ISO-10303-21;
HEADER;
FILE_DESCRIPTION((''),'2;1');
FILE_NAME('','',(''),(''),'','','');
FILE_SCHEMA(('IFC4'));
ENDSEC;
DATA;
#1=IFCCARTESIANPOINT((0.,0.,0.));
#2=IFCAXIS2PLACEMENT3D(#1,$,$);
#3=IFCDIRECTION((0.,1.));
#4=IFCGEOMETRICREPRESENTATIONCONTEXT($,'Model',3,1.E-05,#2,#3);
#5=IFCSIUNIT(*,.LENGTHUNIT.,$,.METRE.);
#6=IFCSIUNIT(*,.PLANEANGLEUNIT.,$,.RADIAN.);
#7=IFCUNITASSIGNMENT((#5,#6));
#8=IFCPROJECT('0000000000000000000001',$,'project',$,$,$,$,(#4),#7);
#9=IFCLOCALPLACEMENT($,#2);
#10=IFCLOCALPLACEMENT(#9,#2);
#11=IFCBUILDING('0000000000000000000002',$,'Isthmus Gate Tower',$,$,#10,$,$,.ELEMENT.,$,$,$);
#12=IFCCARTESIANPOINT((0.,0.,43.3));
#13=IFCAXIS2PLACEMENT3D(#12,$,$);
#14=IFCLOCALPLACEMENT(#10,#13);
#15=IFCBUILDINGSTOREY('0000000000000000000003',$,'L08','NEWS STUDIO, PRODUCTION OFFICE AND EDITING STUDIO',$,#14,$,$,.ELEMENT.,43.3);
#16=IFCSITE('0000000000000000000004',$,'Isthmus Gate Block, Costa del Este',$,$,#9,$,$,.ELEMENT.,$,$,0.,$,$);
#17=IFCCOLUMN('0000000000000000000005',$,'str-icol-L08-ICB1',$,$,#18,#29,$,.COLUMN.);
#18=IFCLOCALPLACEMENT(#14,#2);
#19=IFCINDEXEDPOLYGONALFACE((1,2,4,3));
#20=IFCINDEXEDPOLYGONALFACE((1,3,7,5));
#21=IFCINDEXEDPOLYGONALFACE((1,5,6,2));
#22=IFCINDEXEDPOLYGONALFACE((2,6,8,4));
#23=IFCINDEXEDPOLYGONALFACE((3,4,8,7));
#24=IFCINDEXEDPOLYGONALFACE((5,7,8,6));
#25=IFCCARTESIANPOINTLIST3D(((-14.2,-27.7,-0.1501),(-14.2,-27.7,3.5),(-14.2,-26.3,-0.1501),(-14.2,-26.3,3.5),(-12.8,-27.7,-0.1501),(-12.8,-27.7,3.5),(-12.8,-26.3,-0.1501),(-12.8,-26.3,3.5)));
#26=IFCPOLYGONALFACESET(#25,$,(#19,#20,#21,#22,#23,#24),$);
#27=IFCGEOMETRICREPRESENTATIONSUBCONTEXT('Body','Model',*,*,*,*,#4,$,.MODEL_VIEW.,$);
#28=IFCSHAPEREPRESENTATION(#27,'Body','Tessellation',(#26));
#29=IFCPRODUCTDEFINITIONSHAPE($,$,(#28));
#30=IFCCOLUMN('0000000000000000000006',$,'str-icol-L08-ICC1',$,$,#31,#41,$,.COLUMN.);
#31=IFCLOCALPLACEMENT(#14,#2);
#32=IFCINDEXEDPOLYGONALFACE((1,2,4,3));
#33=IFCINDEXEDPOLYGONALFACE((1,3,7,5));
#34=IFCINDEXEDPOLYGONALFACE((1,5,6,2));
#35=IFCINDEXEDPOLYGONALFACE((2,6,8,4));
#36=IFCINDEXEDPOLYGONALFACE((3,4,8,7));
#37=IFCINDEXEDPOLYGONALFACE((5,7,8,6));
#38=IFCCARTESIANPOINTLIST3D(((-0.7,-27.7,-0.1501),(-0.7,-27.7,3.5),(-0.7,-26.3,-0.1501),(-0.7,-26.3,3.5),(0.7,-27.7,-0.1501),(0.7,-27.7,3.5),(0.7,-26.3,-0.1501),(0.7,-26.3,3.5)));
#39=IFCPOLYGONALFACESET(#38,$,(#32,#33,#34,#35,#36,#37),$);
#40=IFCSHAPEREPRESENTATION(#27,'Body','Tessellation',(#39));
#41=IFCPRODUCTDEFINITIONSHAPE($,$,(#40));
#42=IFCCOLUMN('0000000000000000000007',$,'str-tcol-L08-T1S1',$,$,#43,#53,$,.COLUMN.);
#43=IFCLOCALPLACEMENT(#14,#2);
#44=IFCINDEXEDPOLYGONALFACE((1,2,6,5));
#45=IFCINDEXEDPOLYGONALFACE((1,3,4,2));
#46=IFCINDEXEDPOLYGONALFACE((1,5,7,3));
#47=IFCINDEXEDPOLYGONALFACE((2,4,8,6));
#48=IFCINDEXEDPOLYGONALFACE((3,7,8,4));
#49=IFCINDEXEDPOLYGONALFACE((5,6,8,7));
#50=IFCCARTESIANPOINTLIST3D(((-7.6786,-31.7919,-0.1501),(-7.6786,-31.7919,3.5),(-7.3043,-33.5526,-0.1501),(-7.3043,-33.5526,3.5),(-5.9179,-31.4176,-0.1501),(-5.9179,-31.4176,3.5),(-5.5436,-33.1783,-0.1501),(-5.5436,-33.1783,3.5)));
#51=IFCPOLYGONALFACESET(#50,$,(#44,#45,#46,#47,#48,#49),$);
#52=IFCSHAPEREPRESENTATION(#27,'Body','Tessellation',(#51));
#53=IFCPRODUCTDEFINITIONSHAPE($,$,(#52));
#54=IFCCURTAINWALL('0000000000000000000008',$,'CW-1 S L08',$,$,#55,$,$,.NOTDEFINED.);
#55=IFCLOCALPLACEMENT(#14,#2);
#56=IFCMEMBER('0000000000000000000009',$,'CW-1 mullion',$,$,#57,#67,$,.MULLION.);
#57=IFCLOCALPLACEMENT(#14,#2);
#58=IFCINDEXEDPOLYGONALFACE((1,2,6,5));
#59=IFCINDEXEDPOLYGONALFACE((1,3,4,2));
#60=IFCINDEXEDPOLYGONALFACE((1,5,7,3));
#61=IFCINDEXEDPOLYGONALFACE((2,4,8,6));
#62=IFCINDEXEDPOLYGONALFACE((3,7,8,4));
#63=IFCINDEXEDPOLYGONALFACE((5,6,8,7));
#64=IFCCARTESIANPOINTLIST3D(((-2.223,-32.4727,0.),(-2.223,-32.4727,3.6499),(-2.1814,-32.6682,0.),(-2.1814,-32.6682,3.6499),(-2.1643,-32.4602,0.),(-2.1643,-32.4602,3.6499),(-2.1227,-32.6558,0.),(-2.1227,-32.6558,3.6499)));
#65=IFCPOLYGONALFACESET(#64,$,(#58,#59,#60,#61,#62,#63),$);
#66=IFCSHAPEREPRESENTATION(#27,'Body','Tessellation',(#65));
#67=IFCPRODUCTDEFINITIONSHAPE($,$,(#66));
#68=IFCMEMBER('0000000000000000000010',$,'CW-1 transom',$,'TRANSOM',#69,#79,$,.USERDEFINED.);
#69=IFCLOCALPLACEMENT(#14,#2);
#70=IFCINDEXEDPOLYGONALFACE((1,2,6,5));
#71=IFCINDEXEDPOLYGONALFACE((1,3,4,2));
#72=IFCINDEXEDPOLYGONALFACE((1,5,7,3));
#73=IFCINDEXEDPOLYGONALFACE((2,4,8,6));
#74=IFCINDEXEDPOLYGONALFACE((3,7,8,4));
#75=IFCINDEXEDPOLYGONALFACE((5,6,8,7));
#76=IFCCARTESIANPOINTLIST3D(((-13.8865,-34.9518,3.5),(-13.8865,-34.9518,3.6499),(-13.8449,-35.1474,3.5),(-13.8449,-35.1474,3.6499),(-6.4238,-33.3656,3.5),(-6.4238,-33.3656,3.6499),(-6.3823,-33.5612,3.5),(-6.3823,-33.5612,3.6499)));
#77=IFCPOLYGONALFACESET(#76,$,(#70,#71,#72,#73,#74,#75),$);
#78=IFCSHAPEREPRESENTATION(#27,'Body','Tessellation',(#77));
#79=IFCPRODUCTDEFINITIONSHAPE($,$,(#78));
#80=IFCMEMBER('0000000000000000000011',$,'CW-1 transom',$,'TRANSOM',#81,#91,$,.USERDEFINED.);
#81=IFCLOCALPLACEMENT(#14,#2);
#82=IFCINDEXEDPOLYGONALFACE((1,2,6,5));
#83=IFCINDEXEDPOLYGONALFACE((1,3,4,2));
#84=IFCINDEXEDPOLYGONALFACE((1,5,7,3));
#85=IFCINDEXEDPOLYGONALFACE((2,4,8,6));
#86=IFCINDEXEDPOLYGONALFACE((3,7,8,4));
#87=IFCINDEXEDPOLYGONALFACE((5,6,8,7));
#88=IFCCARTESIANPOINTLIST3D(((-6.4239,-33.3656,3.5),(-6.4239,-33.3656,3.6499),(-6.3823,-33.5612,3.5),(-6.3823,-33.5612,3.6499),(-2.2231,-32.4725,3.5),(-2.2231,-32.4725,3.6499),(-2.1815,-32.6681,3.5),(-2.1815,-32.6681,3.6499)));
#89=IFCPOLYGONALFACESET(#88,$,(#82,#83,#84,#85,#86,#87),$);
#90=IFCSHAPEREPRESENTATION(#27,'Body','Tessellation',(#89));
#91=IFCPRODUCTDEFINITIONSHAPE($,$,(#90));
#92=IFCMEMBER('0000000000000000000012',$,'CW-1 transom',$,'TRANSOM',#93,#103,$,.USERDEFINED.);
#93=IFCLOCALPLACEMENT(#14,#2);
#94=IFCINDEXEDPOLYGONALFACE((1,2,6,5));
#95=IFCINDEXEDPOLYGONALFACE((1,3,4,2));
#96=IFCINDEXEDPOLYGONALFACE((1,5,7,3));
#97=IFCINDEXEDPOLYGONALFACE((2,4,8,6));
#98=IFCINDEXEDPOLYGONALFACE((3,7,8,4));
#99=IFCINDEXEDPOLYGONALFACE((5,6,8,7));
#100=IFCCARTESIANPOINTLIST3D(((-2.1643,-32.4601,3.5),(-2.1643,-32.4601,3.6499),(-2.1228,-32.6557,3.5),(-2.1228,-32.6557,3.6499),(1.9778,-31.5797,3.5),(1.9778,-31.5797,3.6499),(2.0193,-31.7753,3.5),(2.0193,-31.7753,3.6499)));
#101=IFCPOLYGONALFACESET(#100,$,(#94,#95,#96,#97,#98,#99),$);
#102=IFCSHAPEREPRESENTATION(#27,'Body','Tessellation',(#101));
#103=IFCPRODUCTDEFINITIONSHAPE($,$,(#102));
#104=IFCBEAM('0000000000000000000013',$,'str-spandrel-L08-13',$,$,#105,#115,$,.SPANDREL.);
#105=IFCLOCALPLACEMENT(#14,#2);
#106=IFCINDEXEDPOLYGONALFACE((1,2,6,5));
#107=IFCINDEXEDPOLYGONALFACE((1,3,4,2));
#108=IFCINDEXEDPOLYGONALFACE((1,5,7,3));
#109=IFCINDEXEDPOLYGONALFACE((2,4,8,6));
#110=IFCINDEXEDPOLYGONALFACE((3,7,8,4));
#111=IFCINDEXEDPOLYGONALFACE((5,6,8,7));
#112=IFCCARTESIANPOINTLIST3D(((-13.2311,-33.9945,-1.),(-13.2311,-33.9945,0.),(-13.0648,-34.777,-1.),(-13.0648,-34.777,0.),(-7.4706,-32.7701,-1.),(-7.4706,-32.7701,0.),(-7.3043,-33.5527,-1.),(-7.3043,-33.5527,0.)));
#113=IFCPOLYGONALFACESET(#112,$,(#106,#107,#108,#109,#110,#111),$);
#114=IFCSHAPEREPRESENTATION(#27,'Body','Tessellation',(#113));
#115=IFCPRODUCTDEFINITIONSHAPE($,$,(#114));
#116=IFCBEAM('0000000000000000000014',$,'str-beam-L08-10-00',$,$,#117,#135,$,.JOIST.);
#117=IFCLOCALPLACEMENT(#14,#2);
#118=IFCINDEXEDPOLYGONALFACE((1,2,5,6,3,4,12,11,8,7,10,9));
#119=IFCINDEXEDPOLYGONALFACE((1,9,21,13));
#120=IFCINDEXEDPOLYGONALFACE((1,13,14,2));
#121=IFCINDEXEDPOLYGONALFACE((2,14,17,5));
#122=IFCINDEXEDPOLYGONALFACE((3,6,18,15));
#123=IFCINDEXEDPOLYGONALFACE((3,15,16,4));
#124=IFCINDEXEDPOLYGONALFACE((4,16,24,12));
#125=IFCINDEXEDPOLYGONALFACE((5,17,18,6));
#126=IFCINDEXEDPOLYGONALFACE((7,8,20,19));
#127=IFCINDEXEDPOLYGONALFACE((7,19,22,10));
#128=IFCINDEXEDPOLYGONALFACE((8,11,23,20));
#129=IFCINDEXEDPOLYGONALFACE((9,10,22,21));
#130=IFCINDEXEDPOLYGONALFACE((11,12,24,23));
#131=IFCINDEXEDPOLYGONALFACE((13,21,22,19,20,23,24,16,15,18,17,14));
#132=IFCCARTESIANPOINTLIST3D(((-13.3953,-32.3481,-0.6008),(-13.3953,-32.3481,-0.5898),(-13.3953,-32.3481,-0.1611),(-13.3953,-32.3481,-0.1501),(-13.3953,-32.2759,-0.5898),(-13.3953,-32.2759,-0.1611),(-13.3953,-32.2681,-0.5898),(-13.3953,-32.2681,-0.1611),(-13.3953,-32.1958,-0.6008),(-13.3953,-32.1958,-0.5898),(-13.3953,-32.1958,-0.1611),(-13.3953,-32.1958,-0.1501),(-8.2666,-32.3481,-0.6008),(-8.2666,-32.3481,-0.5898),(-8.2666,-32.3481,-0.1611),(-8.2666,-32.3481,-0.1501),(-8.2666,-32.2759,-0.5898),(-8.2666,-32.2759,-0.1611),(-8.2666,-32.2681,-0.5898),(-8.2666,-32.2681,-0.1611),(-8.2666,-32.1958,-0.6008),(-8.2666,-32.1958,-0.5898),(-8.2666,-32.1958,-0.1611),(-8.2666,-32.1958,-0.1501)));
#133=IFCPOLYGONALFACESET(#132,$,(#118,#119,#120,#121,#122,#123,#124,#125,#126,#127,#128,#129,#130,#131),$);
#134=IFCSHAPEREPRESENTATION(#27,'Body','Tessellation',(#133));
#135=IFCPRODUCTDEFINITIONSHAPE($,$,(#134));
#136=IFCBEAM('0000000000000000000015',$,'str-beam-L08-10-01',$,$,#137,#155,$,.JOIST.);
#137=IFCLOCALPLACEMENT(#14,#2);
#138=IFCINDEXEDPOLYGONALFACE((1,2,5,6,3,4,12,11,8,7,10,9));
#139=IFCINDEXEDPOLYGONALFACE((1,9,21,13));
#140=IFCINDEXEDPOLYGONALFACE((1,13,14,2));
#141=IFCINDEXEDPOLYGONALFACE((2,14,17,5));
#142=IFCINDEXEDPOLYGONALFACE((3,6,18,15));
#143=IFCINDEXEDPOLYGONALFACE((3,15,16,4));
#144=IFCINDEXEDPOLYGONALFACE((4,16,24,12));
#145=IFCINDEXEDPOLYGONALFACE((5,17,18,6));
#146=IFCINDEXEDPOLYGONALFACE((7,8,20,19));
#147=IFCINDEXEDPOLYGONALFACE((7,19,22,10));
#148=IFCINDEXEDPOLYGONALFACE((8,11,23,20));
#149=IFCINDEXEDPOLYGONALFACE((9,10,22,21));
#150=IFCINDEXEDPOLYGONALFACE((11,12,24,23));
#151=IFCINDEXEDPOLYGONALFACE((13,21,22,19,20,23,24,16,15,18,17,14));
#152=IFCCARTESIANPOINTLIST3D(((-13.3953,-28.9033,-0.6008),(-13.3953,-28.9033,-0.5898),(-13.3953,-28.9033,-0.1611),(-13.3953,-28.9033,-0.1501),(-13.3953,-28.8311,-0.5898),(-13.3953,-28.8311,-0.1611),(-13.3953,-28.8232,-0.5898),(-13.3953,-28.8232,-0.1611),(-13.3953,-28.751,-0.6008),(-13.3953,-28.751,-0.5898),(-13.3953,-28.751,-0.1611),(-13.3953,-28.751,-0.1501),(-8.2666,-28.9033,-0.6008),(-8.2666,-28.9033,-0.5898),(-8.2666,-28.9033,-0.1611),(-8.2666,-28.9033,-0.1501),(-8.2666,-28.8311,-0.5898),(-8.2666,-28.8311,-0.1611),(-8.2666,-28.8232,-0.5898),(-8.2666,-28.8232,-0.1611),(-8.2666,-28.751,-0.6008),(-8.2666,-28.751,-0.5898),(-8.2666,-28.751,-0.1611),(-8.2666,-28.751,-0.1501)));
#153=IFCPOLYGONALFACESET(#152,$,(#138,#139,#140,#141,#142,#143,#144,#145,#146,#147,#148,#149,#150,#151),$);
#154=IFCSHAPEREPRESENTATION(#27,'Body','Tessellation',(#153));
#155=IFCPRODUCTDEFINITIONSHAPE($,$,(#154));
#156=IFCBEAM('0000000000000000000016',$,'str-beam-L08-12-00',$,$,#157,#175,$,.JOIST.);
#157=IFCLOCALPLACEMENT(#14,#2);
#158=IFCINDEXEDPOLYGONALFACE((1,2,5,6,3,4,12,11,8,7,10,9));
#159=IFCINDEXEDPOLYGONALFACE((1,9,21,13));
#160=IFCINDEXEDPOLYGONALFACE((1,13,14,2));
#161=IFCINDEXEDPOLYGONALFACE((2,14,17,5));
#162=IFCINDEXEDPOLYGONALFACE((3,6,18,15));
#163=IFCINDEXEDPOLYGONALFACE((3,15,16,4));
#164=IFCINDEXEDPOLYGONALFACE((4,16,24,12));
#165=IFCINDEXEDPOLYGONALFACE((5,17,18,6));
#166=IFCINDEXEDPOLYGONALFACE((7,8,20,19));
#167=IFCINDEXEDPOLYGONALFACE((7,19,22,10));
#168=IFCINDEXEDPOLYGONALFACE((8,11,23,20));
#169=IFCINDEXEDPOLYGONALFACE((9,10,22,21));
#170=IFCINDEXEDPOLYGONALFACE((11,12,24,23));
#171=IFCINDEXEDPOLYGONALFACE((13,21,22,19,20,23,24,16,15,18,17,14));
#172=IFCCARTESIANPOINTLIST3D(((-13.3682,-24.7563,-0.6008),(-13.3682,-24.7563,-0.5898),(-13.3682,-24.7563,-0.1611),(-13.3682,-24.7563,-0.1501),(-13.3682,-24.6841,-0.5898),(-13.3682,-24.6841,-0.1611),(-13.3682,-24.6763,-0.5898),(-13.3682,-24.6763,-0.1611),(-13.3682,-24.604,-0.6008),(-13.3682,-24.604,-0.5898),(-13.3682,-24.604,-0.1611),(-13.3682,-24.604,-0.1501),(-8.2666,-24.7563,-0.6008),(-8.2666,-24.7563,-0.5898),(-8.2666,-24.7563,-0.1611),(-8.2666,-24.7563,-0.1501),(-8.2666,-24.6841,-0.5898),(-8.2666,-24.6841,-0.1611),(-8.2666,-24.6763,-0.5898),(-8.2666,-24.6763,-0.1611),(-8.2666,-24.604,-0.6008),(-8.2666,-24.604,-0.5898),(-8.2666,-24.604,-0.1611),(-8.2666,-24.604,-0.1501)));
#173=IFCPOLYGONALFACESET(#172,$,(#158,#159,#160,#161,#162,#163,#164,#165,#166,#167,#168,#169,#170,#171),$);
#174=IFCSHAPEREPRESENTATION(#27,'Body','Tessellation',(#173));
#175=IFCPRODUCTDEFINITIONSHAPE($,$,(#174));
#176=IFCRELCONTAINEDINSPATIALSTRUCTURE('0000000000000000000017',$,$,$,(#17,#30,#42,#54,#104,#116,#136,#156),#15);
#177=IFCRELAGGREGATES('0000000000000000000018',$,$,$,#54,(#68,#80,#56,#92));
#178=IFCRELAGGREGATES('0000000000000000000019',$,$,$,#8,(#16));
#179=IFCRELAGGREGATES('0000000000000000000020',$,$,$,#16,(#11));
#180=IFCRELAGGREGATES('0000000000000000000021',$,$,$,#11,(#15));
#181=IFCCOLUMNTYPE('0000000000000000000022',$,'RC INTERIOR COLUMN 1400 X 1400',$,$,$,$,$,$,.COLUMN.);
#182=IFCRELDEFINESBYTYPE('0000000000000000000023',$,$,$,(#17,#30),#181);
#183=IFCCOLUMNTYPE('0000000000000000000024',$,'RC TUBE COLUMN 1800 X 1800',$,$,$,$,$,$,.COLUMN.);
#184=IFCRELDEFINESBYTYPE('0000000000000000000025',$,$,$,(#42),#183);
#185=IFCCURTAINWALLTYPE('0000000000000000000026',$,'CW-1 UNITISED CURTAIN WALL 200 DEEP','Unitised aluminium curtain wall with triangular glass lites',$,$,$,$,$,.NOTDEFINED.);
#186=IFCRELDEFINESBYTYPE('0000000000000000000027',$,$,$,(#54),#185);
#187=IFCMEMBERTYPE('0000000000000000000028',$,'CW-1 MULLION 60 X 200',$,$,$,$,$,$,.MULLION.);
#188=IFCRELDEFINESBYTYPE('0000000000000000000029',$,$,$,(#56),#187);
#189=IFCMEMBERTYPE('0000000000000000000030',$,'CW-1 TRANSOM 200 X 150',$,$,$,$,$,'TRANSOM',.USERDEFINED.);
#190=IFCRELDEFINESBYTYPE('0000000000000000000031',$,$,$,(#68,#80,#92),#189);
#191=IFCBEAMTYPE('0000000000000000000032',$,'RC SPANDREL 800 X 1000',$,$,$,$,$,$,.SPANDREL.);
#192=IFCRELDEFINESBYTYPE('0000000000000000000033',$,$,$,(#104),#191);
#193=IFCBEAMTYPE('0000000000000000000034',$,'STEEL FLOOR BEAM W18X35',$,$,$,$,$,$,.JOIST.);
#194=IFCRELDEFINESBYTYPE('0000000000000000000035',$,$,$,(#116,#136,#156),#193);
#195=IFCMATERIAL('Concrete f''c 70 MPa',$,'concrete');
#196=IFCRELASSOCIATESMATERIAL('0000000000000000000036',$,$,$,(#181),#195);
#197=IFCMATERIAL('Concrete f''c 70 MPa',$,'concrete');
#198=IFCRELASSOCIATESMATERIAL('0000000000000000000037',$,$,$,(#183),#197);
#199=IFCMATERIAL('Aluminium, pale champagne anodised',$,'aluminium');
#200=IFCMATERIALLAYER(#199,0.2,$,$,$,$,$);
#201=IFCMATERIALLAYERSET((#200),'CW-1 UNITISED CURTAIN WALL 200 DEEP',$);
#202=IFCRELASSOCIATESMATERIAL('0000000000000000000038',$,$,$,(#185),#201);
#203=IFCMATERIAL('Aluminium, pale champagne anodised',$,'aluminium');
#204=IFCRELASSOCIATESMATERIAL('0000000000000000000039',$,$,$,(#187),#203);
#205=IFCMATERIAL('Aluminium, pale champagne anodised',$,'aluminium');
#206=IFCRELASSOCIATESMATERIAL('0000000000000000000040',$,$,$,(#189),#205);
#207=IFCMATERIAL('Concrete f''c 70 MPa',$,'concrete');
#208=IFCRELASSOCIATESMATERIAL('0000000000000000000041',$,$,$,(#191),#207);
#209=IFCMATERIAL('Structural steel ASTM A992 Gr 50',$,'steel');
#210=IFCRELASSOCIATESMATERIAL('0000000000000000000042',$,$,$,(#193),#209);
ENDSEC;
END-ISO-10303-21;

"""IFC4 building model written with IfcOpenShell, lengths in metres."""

from ifc_helpers import new_model, si_unit, direction, frame, origin, origin_2d, place, context, subcontext, project, spatial, rectangle, i_section, extrude, material, layer, layer_set, material_profile, profile_set, type_object, element, aggregate, save


model = new_model("IFC4")

# Units and contexts
model_context = context("Model", 3, precision=1e-05, world=origin(), true_north=direction((0.0, 1.0)))
body_context = subcontext(model_context, "Body", "Model", "MODEL_VIEW")
ifc_project = project(units=[si_unit("LENGTHUNIT", "METRE"), si_unit("PLANEANGLEUNIT", "RADIAN")], contexts=[model_context])

# Site, building, storey
site_placement = place(None, origin())
site = spatial("IfcSite", under=ifc_project, at=site_placement, Name="Isthmus Gate Block, Costa del Este", CompositionType="ELEMENT", RefElevation=0.0)
building_placement = place(site_placement, origin())
building = spatial("IfcBuilding", under=site, at=building_placement, Name="Isthmus Gate Tower", CompositionType="ELEMENT")
storey_placement = place(building_placement, frame((0.0, 0.0, 43.3)))
storey = spatial("IfcBuildingStorey", under=building, at=storey_placement, Name="L08", Description="NEWS STUDIO, PRODUCTION OFFICE AND EDITING STUDIO", CompositionType="ELEMENT", Elevation=43.3)

# Columns
ifc_material_1 = material(Name="Concrete f'c 70 MPa", Category="concrete")
ifc_material_profile_1 = material_profile(ifc_material_1, rectangle(XDim=1.3999, YDim=1.3999, at=origin_2d()), Name="RC 1400X1400")
ifc_profile_set_1 = profile_set([ifc_material_profile_1], Name="Concrete f'c 70 MPa")
column_type_1 = type_object("IfcColumnType", Name="RC INTERIOR COLUMN 1400 X 1400", PredefinedType="COLUMN", material=ifc_profile_set_1)
for number, where, z_axis, x_axis, name in (
    (1, (-13.5, -27.0, -0.1501), (0.0, 0.0, 1.0), (1.0, 0.0, 0.0), "str-icol-L08-ICB1"),
    (2, (0.0, -27.0, -0.1501), (0.0, 0.0, 1.0), (1.0, 0.0, 0.0), "str-icol-L08-ICC1"),
):
    element("IfcColumn", number, at=place(storey_placement, frame(where, z_axis=z_axis, x_axis=x_axis)), inside=storey, type_object=column_type_1, Name=name, PredefinedType="COLUMN", context=body_context, shape_type="SweptSolid", body=[
        extrude(rectangle(XDim=1.3999, YDim=1.3999, at=origin_2d()), origin(), (0.0, 0.0, 1.0), 3.6501),
    ])
ifc_material_2 = material(Name="Concrete f'c 70 MPa", Category="concrete")
ifc_material_profile_2 = material_profile(ifc_material_2, rectangle(XDim=1.8, YDim=1.8, at=origin_2d()), Name="RC 1800X1800")
ifc_profile_set_2 = profile_set([ifc_material_profile_2], Name="Concrete f'c 70 MPa")
column_type_2 = type_object("IfcColumnType", Name="RC TUBE COLUMN 1800 X 1800", PredefinedType="COLUMN", material=ifc_profile_set_2)
column_placement = place(storey_placement, frame((-6.6111, -32.4851, -0.1501), z_axis=(0.0, 0.0, 1.0), x_axis=(0.978148, 0.207912, 0.0)))
element("IfcColumn", 3, at=column_placement, inside=storey, type_object=column_type_2, Name="str-tcol-L08-T1S1", PredefinedType="COLUMN", context=body_context, shape_type="SweptSolid", body=[
    extrude(rectangle(XDim=1.8, YDim=1.8, at=origin_2d()), origin(), (0.0, 0.0, 1.0), 3.6501),
])

# Curtain wall, members
ifc_material_3 = material(Name="Aluminium, pale champagne anodised", Category="aluminium")
ifc_layer_1 = layer(ifc_material_3, 0.2)
ifc_layer_set_1 = layer_set([ifc_layer_1], Name="CW-1 UNITISED CURTAIN WALL 200 DEEP")
curtain_wall_type = type_object("IfcCurtainWallType", Name="CW-1 UNITISED CURTAIN WALL 200 DEEP", Description="Unitised aluminium curtain wall with triangular glass lites", PredefinedType="NOTDEFINED", material=ifc_layer_set_1)
curtain_wall_placement = place(storey_placement, origin())
curtain_wall = element("IfcCurtainWall", 4, at=curtain_wall_placement, inside=storey, type_object=curtain_wall_type, Name="CW-1 S L08", PredefinedType="NOTDEFINED")
ifc_material_4 = material(Name="Aluminium, pale champagne anodised", Category="aluminium")
ifc_material_profile_3 = material_profile(ifc_material_4, rectangle(XDim=0.0601, YDim=0.2, at=origin_2d()), Name="60x200")
ifc_profile_set_3 = profile_set([ifc_material_profile_3], Name="Aluminium, pale champagne anodised")
member_type_1 = type_object("IfcMemberType", Name="CW-1 MULLION 60 X 200", PredefinedType="MULLION", material=ifc_profile_set_3)
member_1_placement = place(storey_placement, frame((-2.1729, -32.5642, 0.0), z_axis=(0.0, 0.0, 1.0), x_axis=(0.978148, 0.207912, 0.0)))
member_1 = element("IfcMember", 5, at=member_1_placement, type_object=member_type_1, Name="CW-1 mullion", PredefinedType="MULLION", context=body_context, shape_type="SweptSolid", body=[
    extrude(rectangle(XDim=0.0601, YDim=0.2, at=origin_2d()), origin(), (0.0, 0.0, 1.0), 3.6499),
])
ifc_material_5 = material(Name="Aluminium, pale champagne anodised", Category="aluminium")
ifc_material_profile_4 = material_profile(ifc_material_5, rectangle(XDim=0.2, YDim=0.1499, at=origin_2d()), Name="200x150")
ifc_profile_set_4 = profile_set([ifc_material_profile_4], Name="Aluminium, pale champagne anodised")
member_type_2 = type_object("IfcMemberType", Name="CW-1 TRANSOM 200 X 150", ElementType="TRANSOM", PredefinedType="USERDEFINED", material=ifc_profile_set_4)
member_2_placement = place(storey_placement, frame((-13.8657, -35.0496, 3.575), z_axis=(0.978149, 0.207905, 0.0), x_axis=(-0.207905, 0.978149, 0.0)))
member_2 = element("IfcMember", 6, at=member_2_placement, type_object=member_type_2, Name="CW-1 transom", ObjectType="TRANSOM", PredefinedType="USERDEFINED", context=body_context, shape_type="SweptSolid", body=[
    extrude(rectangle(XDim=0.2, YDim=0.1499, at=origin_2d()), origin(), (0.0, 0.0, 1.0), 7.6294),
])
member_3_placement = place(storey_placement, frame((-6.4031, -33.4634, 3.575), z_axis=(0.978139, 0.207953, 0.0), x_axis=(-0.207953, 0.978139, 0.0)))
member_3 = element("IfcMember", 7, at=member_3_placement, type_object=member_type_2, Name="CW-1 transom", ObjectType="TRANSOM", PredefinedType="USERDEFINED", context=body_context, shape_type="SweptSolid", body=[
    extrude(rectangle(XDim=0.2, YDim=0.1499, at=origin_2d()), origin(), (0.0, 0.0, 1.0), 4.2947),
])
member_4_placement = place(storey_placement, frame((-2.1436, -32.5579, 3.575), z_axis=(0.97815, 0.207899, 0.0), x_axis=(-0.207899, 0.97815, 0.0)))
member_4 = element("IfcMember", 8, at=member_4_placement, type_object=member_type_2, Name="CW-1 transom", ObjectType="TRANSOM", PredefinedType="USERDEFINED", context=body_context, shape_type="SweptSolid", body=[
    extrude(rectangle(XDim=0.2, YDim=0.1499, at=origin_2d()), origin(), (0.0, 0.0, 1.0), 4.2346),
])

# Beams
ifc_material_6 = material(Name="Concrete f'c 70 MPa", Category="concrete")
ifc_material_profile_5 = material_profile(ifc_material_6, rectangle(XDim=0.8, YDim=1.0, at=origin_2d()), Name="RC 800X1000")
ifc_profile_set_5 = profile_set([ifc_material_profile_5], Name="Concrete f'c 70 MPa")
beam_type_1 = type_object("IfcBeamType", Name="RC SPANDREL 800 X 1000", PredefinedType="SPANDREL", material=ifc_profile_set_5)
beam_1_placement = place(storey_placement, frame((-7.3875, -33.1614, -0.5), z_axis=(-0.97815, -0.207901, 0.0), x_axis=(0.207901, -0.97815, 0.0)))
element("IfcBeam", 9, at=beam_1_placement, inside=storey, type_object=beam_type_1, Name="str-spandrel-L08-13", PredefinedType="SPANDREL", context=body_context, shape_type="SweptSolid", body=[
    extrude(rectangle(XDim=0.8, YDim=1.0, at=origin_2d()), origin(), (0.0, 0.0, 1.0), 5.8892),
])
ifc_material_7 = material(Name="Structural steel ASTM A992 Gr 50", Category="steel")
ifc_material_profile_6 = material_profile(ifc_material_7, i_section(OverallWidth=0.1523, OverallDepth=0.4507, WebThickness=0.0078, FlangeThickness=0.011, at=origin_2d()), Name="W18X35")
ifc_profile_set_6 = profile_set([ifc_material_profile_6], Name="Structural steel ASTM A992 Gr 50")
beam_type_2 = type_object("IfcBeamType", Name="STEEL FLOOR BEAM W18X35", PredefinedType="JOIST", material=ifc_profile_set_6)
for number, where, z_axis, x_axis, name in (
    (10, (-13.3953, -32.272, -0.3755), (1.0, 0.0, 0.0), (0.0, 1.0, 0.0), "str-beam-L08-10-00"),
    (11, (-13.3953, -28.8271, -0.3755), (1.0, 0.0, 0.0), (0.0, 1.0, 0.0), "str-beam-L08-10-01"),
):
    element("IfcBeam", number, at=place(storey_placement, frame(where, z_axis=z_axis, x_axis=x_axis)), inside=storey, type_object=beam_type_2, Name=name, PredefinedType="JOIST", context=body_context, shape_type="SweptSolid", body=[
        extrude(i_section(OverallWidth=0.1523, OverallDepth=0.4507, WebThickness=0.0078, FlangeThickness=0.011, at=origin_2d()), origin(), (0.0, 0.0, 1.0), 5.1287),
    ])
for number, where, z_axis, x_axis, name in (
    (12, (-13.3682, -24.6802, -0.3755), (1.0, 0.0, 0.0), (0.0, 1.0, 0.0), "str-beam-L08-12-00"),
):
    element("IfcBeam", number, at=place(storey_placement, frame(where, z_axis=z_axis, x_axis=x_axis)), inside=storey, type_object=beam_type_2, Name=name, PredefinedType="JOIST", context=body_context, shape_type="SweptSolid", body=[
        extrude(i_section(OverallWidth=0.1523, OverallDepth=0.4507, WebThickness=0.0078, FlangeThickness=0.011, at=origin_2d()), origin(), (0.0, 0.0, 1.0), 5.1016),
    ])

aggregate(curtain_wall, [member_2, member_3, member_1, member_4])

save(model, "model.ifc")
